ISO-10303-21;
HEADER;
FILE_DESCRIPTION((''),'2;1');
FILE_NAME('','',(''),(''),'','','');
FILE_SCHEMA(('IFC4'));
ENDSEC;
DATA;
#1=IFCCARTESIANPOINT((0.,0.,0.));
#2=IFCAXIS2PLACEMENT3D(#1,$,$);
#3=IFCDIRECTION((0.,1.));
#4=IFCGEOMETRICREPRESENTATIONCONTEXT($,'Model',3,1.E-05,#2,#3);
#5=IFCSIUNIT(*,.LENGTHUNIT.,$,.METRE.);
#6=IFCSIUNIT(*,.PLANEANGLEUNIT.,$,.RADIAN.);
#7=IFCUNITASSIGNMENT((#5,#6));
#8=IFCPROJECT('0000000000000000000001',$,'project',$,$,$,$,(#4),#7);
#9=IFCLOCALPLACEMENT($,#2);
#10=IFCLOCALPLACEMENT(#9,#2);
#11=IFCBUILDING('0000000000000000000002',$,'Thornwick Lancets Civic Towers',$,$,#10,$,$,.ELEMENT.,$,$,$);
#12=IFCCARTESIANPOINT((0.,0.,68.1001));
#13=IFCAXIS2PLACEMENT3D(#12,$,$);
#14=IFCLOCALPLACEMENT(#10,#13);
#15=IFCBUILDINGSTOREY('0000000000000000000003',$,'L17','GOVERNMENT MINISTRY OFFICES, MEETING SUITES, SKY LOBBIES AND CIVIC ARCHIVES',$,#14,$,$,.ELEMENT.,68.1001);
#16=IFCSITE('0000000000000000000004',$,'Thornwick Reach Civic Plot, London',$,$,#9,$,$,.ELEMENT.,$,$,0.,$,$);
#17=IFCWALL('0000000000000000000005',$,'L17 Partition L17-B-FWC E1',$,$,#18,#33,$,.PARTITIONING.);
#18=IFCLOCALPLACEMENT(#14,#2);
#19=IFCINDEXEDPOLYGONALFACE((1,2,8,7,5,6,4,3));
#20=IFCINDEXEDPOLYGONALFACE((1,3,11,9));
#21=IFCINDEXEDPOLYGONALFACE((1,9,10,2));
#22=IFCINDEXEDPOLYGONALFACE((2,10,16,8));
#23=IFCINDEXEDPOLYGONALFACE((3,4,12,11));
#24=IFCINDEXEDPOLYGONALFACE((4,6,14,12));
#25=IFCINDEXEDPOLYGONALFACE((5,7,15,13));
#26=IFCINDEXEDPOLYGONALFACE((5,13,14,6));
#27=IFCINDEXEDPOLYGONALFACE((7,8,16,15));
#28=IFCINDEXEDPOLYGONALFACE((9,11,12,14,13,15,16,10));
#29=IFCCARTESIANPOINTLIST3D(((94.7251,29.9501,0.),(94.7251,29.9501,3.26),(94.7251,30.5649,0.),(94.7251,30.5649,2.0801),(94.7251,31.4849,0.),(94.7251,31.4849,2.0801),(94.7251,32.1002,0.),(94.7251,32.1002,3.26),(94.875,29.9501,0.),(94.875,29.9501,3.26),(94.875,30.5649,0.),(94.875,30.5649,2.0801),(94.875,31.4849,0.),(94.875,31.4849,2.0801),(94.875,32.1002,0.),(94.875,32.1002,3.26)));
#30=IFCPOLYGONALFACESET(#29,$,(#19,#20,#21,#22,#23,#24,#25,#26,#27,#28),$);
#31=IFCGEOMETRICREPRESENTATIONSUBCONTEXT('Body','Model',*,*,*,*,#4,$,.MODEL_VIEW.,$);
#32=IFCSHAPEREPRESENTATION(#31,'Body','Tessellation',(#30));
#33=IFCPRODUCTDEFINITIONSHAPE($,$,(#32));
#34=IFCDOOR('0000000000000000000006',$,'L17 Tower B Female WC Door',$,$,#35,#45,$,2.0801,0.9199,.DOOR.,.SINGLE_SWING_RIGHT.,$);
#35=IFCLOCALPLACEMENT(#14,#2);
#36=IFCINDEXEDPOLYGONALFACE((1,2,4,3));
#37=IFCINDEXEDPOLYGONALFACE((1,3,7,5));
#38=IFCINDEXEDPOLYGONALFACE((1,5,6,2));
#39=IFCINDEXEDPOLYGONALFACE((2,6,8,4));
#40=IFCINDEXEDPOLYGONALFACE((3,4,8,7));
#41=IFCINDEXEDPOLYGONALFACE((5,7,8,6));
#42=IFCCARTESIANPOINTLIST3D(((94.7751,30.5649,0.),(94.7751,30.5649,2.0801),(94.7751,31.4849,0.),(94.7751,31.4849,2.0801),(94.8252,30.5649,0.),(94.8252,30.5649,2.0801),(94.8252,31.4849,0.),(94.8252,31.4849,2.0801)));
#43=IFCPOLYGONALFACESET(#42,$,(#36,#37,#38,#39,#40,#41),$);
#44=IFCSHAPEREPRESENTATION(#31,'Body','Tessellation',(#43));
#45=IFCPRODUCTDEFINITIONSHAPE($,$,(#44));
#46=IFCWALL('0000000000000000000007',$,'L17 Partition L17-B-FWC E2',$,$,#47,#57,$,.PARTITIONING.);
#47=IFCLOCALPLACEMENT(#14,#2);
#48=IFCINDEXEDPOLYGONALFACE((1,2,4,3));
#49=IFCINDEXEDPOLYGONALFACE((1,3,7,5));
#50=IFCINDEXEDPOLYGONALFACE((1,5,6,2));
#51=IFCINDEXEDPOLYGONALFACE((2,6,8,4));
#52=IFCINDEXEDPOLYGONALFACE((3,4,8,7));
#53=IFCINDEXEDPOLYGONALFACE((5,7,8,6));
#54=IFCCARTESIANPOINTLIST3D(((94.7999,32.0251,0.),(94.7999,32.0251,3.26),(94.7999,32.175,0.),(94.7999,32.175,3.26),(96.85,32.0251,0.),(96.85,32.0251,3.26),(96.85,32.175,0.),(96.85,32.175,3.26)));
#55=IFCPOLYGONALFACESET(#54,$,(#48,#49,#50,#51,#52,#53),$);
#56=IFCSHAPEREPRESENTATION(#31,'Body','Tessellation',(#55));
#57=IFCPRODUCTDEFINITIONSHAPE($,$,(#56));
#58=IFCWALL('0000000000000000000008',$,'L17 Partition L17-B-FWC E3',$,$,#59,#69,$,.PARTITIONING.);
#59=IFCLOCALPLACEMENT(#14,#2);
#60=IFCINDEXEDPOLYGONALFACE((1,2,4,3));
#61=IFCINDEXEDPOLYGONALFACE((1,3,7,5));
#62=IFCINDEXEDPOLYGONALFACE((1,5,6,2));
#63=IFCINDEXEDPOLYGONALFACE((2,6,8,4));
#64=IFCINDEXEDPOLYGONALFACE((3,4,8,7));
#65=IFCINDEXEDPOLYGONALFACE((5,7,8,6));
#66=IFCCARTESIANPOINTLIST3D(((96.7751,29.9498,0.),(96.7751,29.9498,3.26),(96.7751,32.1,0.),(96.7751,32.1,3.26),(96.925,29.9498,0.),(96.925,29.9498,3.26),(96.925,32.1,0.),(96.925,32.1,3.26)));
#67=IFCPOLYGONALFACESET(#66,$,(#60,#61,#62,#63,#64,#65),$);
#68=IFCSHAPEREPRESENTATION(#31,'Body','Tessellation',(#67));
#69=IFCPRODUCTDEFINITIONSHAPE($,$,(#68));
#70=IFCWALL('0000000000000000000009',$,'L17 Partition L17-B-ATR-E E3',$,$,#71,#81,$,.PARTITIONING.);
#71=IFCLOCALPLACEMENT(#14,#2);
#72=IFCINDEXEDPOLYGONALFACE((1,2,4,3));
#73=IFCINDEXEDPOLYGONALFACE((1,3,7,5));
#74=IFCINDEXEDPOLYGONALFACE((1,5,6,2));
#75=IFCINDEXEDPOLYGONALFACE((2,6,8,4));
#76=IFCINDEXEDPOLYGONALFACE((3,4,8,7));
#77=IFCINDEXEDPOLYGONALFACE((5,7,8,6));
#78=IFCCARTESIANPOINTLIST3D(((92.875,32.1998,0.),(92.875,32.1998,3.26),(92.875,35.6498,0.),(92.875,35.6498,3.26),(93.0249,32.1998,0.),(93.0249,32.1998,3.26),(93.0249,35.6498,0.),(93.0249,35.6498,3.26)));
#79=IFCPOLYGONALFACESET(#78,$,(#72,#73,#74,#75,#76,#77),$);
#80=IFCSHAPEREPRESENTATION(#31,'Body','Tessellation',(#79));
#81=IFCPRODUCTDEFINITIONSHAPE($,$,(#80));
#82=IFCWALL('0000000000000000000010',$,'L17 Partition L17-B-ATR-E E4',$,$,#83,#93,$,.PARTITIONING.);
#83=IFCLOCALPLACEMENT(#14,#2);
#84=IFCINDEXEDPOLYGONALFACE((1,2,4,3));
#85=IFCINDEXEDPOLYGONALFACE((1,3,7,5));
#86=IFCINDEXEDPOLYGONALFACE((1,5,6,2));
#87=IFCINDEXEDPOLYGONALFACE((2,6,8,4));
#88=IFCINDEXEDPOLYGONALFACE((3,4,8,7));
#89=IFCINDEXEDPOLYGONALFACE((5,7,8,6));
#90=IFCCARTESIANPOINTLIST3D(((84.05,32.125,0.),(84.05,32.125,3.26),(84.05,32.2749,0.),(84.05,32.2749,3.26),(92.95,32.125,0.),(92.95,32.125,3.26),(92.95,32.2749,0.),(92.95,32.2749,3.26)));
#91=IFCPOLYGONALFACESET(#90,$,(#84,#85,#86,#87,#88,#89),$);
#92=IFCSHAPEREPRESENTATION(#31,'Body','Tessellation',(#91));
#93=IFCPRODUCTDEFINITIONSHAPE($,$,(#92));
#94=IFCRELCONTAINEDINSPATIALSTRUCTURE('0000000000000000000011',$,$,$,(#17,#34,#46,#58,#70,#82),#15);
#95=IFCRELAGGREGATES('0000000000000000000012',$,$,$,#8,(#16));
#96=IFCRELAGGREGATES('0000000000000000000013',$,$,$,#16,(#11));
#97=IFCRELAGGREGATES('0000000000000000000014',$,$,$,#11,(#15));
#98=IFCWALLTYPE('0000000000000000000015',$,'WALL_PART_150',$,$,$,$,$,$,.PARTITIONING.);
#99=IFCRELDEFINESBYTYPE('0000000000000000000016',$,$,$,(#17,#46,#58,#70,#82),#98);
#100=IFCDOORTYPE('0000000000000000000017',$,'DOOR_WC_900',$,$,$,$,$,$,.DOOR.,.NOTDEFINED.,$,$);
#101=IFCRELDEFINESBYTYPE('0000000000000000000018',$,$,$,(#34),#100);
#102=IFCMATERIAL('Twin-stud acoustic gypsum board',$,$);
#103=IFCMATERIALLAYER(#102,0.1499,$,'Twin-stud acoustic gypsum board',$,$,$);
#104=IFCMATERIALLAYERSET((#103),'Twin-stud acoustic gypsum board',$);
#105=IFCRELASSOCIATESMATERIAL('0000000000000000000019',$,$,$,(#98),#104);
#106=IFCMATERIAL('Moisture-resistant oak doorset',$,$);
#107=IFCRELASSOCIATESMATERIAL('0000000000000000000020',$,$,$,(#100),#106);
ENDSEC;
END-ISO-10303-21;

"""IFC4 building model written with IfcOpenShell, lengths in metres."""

from ifc_helpers import new_model, si_unit, direction, frame, frame_2d, origin, place, context, subcontext, project, spatial, rectangle, extrude, material, layer, layer_set, type_object, element, fill, save


model = new_model("IFC4")

# Units and contexts
model_context = context("Model", 3, precision=1e-05, world=origin(), true_north=direction((0.0, 1.0)))
body_context = subcontext(model_context, "Body", "Model", "MODEL_VIEW")
ifc_project = project(units=[si_unit("LENGTHUNIT", "METRE"), si_unit("PLANEANGLEUNIT", "RADIAN")], contexts=[model_context])

# Site, building, storey
site_placement = place(None, origin())
site = spatial("IfcSite", under=ifc_project, at=site_placement, Name="Thornwick Reach Civic Plot, London", CompositionType="ELEMENT", RefElevation=0.0)
building_placement = place(site_placement, origin())
building = spatial("IfcBuilding", under=site, at=building_placement, Name="Thornwick Lancets Civic Towers", CompositionType="ELEMENT")
storey_placement = place(building_placement, frame((0.0, 0.0, 68.1001)))
storey = spatial("IfcBuildingStorey", under=building, at=storey_placement, Name="L17", Description="GOVERNMENT MINISTRY OFFICES, MEETING SUITES, SKY LOBBIES AND CIVIC ARCHIVES", CompositionType="ELEMENT", Elevation=68.1001)

# Wall, opening, door
ifc_material_1 = material(Name="Twin-stud acoustic gypsum board")
ifc_layer_1 = layer(ifc_material_1, 0.1499, Name="Twin-stud acoustic gypsum board")
ifc_layer_set_1 = layer_set([ifc_layer_1], Name="Twin-stud acoustic gypsum board")
wall_type_1 = type_object("IfcWallType", Name="WALL_PART_150", PredefinedType="PARTITIONING", material=ifc_layer_set_1)
wall_1_placement = place(storey_placement, frame((94.8, 29.95, 0.0), z_axis=(0.0, 0.0, 1.0), x_axis=(0.0, 1.0, 0.0)))
wall_1 = element("IfcWall", 1, at=wall_1_placement, inside=storey, type_object=wall_type_1, Name="L17 Partition L17-B-FWC E1", PredefinedType="PARTITIONING", context=body_context, shape_type="SweptSolid", body=[
    extrude(rectangle(XDim=2.1501, YDim=0.1499, at=frame_2d((1.0752, 0.0))), origin(), (0.0, 0.0, 1.0), 3.26),
])
opening_1_placement = place(wall_1_placement, frame((0.615, 0.0, 0.0)))
opening_1 = element("IfcOpeningElement", 2, at=opening_1_placement, cuts=wall_1, PredefinedType="OPENING", context=body_context, shape_type="SweptSolid", body=[
    extrude(rectangle(XDim=0.9199, YDim=2.0801, at=frame_2d((0.46, 1.04))), frame((0.0, 0.085, 0.0), z_axis=(0.0, -1.0, 0.0), x_axis=(1.0, 0.0, 0.0)), (0.0, 0.0, 1.0), 0.1699),
])
ifc_material_2 = material(Name="Moisture-resistant oak doorset")
door_type_1 = type_object("IfcDoorType", Name="DOOR_WC_900", OperationType="NOTDEFINED", PredefinedType="DOOR", material=ifc_material_2)
door_1_placement = place(opening_1_placement, origin())
door_1 = element("IfcDoor", 3, at=door_1_placement, inside=storey, type_object=door_type_1, Name="L17 Tower B Female WC Door", OperationType="SINGLE_SWING_RIGHT", OverallHeight=2.0801, OverallWidth=0.9199, PredefinedType="DOOR", context=body_context, shape_type="SweptSolid", body=[
    extrude(rectangle(XDim=0.9199, YDim=2.0801, at=frame_2d((0.46, 1.04))), frame((0.0, 0.0249, 0.0), z_axis=(0.0, -1.0, 0.0), x_axis=(1.0, 0.0, 0.0)), (0.0, 0.0, 1.0), 0.05),
])
fill(opening_1, door_1)

# Walls
wall_2_placement = place(storey_placement, frame((94.8, 32.1001, 0.0), z_axis=(0.0, 0.0, 1.0), x_axis=(1.0, 0.0, 0.0)))
element("IfcWall", 4, at=wall_2_placement, inside=storey, type_object=wall_type_1, Name="L17 Partition L17-B-FWC E2", PredefinedType="PARTITIONING", context=body_context, shape_type="SweptSolid", body=[
    extrude(rectangle(XDim=2.05, YDim=0.1499, at=frame_2d((1.0249, 0.0))), origin(), (0.0, 0.0, 1.0), 3.26),
])
wall_3_placement = place(storey_placement, frame((96.8501, 32.1001, 0.0), z_axis=(0.0, 0.0, 1.0), x_axis=(0.0, -1.0, 0.0)))
element("IfcWall", 5, at=wall_3_placement, inside=storey, type_object=wall_type_1, Name="L17 Partition L17-B-FWC E3", PredefinedType="PARTITIONING", context=body_context, shape_type="SweptSolid", body=[
    extrude(rectangle(XDim=2.1501, YDim=0.1499, at=frame_2d((1.0752, 0.0))), origin(), (0.0, 0.0, 1.0), 3.26),
])
wall_4_placement = place(storey_placement, frame((92.95, 35.6499, 0.0), z_axis=(0.0, 0.0, 1.0), x_axis=(0.0, -1.0, 0.0)))
element("IfcWall", 6, at=wall_4_placement, inside=storey, type_object=wall_type_1, Name="L17 Partition L17-B-ATR-E E3", PredefinedType="PARTITIONING", context=body_context, shape_type="SweptSolid", body=[
    extrude(rectangle(XDim=3.45, YDim=0.1499, at=frame_2d((1.7251, 0.0))), origin(), (0.0, 0.0, 1.0), 3.26),
])
wall_5_placement = place(storey_placement, frame((92.95, 32.2, 0.0), z_axis=(0.0, 0.0, 1.0), x_axis=(-1.0, 0.0, 0.0)))
element("IfcWall", 7, at=wall_5_placement, inside=storey, type_object=wall_type_1, Name="L17 Partition L17-B-ATR-E E4", PredefinedType="PARTITIONING", context=body_context, shape_type="SweptSolid", body=[
    extrude(rectangle(XDim=8.8999, YDim=0.1499, at=frame_2d((4.45, 0.0))), origin(), (0.0, 0.0, 1.0), 3.26),
])

save(model, "model.ifc")
